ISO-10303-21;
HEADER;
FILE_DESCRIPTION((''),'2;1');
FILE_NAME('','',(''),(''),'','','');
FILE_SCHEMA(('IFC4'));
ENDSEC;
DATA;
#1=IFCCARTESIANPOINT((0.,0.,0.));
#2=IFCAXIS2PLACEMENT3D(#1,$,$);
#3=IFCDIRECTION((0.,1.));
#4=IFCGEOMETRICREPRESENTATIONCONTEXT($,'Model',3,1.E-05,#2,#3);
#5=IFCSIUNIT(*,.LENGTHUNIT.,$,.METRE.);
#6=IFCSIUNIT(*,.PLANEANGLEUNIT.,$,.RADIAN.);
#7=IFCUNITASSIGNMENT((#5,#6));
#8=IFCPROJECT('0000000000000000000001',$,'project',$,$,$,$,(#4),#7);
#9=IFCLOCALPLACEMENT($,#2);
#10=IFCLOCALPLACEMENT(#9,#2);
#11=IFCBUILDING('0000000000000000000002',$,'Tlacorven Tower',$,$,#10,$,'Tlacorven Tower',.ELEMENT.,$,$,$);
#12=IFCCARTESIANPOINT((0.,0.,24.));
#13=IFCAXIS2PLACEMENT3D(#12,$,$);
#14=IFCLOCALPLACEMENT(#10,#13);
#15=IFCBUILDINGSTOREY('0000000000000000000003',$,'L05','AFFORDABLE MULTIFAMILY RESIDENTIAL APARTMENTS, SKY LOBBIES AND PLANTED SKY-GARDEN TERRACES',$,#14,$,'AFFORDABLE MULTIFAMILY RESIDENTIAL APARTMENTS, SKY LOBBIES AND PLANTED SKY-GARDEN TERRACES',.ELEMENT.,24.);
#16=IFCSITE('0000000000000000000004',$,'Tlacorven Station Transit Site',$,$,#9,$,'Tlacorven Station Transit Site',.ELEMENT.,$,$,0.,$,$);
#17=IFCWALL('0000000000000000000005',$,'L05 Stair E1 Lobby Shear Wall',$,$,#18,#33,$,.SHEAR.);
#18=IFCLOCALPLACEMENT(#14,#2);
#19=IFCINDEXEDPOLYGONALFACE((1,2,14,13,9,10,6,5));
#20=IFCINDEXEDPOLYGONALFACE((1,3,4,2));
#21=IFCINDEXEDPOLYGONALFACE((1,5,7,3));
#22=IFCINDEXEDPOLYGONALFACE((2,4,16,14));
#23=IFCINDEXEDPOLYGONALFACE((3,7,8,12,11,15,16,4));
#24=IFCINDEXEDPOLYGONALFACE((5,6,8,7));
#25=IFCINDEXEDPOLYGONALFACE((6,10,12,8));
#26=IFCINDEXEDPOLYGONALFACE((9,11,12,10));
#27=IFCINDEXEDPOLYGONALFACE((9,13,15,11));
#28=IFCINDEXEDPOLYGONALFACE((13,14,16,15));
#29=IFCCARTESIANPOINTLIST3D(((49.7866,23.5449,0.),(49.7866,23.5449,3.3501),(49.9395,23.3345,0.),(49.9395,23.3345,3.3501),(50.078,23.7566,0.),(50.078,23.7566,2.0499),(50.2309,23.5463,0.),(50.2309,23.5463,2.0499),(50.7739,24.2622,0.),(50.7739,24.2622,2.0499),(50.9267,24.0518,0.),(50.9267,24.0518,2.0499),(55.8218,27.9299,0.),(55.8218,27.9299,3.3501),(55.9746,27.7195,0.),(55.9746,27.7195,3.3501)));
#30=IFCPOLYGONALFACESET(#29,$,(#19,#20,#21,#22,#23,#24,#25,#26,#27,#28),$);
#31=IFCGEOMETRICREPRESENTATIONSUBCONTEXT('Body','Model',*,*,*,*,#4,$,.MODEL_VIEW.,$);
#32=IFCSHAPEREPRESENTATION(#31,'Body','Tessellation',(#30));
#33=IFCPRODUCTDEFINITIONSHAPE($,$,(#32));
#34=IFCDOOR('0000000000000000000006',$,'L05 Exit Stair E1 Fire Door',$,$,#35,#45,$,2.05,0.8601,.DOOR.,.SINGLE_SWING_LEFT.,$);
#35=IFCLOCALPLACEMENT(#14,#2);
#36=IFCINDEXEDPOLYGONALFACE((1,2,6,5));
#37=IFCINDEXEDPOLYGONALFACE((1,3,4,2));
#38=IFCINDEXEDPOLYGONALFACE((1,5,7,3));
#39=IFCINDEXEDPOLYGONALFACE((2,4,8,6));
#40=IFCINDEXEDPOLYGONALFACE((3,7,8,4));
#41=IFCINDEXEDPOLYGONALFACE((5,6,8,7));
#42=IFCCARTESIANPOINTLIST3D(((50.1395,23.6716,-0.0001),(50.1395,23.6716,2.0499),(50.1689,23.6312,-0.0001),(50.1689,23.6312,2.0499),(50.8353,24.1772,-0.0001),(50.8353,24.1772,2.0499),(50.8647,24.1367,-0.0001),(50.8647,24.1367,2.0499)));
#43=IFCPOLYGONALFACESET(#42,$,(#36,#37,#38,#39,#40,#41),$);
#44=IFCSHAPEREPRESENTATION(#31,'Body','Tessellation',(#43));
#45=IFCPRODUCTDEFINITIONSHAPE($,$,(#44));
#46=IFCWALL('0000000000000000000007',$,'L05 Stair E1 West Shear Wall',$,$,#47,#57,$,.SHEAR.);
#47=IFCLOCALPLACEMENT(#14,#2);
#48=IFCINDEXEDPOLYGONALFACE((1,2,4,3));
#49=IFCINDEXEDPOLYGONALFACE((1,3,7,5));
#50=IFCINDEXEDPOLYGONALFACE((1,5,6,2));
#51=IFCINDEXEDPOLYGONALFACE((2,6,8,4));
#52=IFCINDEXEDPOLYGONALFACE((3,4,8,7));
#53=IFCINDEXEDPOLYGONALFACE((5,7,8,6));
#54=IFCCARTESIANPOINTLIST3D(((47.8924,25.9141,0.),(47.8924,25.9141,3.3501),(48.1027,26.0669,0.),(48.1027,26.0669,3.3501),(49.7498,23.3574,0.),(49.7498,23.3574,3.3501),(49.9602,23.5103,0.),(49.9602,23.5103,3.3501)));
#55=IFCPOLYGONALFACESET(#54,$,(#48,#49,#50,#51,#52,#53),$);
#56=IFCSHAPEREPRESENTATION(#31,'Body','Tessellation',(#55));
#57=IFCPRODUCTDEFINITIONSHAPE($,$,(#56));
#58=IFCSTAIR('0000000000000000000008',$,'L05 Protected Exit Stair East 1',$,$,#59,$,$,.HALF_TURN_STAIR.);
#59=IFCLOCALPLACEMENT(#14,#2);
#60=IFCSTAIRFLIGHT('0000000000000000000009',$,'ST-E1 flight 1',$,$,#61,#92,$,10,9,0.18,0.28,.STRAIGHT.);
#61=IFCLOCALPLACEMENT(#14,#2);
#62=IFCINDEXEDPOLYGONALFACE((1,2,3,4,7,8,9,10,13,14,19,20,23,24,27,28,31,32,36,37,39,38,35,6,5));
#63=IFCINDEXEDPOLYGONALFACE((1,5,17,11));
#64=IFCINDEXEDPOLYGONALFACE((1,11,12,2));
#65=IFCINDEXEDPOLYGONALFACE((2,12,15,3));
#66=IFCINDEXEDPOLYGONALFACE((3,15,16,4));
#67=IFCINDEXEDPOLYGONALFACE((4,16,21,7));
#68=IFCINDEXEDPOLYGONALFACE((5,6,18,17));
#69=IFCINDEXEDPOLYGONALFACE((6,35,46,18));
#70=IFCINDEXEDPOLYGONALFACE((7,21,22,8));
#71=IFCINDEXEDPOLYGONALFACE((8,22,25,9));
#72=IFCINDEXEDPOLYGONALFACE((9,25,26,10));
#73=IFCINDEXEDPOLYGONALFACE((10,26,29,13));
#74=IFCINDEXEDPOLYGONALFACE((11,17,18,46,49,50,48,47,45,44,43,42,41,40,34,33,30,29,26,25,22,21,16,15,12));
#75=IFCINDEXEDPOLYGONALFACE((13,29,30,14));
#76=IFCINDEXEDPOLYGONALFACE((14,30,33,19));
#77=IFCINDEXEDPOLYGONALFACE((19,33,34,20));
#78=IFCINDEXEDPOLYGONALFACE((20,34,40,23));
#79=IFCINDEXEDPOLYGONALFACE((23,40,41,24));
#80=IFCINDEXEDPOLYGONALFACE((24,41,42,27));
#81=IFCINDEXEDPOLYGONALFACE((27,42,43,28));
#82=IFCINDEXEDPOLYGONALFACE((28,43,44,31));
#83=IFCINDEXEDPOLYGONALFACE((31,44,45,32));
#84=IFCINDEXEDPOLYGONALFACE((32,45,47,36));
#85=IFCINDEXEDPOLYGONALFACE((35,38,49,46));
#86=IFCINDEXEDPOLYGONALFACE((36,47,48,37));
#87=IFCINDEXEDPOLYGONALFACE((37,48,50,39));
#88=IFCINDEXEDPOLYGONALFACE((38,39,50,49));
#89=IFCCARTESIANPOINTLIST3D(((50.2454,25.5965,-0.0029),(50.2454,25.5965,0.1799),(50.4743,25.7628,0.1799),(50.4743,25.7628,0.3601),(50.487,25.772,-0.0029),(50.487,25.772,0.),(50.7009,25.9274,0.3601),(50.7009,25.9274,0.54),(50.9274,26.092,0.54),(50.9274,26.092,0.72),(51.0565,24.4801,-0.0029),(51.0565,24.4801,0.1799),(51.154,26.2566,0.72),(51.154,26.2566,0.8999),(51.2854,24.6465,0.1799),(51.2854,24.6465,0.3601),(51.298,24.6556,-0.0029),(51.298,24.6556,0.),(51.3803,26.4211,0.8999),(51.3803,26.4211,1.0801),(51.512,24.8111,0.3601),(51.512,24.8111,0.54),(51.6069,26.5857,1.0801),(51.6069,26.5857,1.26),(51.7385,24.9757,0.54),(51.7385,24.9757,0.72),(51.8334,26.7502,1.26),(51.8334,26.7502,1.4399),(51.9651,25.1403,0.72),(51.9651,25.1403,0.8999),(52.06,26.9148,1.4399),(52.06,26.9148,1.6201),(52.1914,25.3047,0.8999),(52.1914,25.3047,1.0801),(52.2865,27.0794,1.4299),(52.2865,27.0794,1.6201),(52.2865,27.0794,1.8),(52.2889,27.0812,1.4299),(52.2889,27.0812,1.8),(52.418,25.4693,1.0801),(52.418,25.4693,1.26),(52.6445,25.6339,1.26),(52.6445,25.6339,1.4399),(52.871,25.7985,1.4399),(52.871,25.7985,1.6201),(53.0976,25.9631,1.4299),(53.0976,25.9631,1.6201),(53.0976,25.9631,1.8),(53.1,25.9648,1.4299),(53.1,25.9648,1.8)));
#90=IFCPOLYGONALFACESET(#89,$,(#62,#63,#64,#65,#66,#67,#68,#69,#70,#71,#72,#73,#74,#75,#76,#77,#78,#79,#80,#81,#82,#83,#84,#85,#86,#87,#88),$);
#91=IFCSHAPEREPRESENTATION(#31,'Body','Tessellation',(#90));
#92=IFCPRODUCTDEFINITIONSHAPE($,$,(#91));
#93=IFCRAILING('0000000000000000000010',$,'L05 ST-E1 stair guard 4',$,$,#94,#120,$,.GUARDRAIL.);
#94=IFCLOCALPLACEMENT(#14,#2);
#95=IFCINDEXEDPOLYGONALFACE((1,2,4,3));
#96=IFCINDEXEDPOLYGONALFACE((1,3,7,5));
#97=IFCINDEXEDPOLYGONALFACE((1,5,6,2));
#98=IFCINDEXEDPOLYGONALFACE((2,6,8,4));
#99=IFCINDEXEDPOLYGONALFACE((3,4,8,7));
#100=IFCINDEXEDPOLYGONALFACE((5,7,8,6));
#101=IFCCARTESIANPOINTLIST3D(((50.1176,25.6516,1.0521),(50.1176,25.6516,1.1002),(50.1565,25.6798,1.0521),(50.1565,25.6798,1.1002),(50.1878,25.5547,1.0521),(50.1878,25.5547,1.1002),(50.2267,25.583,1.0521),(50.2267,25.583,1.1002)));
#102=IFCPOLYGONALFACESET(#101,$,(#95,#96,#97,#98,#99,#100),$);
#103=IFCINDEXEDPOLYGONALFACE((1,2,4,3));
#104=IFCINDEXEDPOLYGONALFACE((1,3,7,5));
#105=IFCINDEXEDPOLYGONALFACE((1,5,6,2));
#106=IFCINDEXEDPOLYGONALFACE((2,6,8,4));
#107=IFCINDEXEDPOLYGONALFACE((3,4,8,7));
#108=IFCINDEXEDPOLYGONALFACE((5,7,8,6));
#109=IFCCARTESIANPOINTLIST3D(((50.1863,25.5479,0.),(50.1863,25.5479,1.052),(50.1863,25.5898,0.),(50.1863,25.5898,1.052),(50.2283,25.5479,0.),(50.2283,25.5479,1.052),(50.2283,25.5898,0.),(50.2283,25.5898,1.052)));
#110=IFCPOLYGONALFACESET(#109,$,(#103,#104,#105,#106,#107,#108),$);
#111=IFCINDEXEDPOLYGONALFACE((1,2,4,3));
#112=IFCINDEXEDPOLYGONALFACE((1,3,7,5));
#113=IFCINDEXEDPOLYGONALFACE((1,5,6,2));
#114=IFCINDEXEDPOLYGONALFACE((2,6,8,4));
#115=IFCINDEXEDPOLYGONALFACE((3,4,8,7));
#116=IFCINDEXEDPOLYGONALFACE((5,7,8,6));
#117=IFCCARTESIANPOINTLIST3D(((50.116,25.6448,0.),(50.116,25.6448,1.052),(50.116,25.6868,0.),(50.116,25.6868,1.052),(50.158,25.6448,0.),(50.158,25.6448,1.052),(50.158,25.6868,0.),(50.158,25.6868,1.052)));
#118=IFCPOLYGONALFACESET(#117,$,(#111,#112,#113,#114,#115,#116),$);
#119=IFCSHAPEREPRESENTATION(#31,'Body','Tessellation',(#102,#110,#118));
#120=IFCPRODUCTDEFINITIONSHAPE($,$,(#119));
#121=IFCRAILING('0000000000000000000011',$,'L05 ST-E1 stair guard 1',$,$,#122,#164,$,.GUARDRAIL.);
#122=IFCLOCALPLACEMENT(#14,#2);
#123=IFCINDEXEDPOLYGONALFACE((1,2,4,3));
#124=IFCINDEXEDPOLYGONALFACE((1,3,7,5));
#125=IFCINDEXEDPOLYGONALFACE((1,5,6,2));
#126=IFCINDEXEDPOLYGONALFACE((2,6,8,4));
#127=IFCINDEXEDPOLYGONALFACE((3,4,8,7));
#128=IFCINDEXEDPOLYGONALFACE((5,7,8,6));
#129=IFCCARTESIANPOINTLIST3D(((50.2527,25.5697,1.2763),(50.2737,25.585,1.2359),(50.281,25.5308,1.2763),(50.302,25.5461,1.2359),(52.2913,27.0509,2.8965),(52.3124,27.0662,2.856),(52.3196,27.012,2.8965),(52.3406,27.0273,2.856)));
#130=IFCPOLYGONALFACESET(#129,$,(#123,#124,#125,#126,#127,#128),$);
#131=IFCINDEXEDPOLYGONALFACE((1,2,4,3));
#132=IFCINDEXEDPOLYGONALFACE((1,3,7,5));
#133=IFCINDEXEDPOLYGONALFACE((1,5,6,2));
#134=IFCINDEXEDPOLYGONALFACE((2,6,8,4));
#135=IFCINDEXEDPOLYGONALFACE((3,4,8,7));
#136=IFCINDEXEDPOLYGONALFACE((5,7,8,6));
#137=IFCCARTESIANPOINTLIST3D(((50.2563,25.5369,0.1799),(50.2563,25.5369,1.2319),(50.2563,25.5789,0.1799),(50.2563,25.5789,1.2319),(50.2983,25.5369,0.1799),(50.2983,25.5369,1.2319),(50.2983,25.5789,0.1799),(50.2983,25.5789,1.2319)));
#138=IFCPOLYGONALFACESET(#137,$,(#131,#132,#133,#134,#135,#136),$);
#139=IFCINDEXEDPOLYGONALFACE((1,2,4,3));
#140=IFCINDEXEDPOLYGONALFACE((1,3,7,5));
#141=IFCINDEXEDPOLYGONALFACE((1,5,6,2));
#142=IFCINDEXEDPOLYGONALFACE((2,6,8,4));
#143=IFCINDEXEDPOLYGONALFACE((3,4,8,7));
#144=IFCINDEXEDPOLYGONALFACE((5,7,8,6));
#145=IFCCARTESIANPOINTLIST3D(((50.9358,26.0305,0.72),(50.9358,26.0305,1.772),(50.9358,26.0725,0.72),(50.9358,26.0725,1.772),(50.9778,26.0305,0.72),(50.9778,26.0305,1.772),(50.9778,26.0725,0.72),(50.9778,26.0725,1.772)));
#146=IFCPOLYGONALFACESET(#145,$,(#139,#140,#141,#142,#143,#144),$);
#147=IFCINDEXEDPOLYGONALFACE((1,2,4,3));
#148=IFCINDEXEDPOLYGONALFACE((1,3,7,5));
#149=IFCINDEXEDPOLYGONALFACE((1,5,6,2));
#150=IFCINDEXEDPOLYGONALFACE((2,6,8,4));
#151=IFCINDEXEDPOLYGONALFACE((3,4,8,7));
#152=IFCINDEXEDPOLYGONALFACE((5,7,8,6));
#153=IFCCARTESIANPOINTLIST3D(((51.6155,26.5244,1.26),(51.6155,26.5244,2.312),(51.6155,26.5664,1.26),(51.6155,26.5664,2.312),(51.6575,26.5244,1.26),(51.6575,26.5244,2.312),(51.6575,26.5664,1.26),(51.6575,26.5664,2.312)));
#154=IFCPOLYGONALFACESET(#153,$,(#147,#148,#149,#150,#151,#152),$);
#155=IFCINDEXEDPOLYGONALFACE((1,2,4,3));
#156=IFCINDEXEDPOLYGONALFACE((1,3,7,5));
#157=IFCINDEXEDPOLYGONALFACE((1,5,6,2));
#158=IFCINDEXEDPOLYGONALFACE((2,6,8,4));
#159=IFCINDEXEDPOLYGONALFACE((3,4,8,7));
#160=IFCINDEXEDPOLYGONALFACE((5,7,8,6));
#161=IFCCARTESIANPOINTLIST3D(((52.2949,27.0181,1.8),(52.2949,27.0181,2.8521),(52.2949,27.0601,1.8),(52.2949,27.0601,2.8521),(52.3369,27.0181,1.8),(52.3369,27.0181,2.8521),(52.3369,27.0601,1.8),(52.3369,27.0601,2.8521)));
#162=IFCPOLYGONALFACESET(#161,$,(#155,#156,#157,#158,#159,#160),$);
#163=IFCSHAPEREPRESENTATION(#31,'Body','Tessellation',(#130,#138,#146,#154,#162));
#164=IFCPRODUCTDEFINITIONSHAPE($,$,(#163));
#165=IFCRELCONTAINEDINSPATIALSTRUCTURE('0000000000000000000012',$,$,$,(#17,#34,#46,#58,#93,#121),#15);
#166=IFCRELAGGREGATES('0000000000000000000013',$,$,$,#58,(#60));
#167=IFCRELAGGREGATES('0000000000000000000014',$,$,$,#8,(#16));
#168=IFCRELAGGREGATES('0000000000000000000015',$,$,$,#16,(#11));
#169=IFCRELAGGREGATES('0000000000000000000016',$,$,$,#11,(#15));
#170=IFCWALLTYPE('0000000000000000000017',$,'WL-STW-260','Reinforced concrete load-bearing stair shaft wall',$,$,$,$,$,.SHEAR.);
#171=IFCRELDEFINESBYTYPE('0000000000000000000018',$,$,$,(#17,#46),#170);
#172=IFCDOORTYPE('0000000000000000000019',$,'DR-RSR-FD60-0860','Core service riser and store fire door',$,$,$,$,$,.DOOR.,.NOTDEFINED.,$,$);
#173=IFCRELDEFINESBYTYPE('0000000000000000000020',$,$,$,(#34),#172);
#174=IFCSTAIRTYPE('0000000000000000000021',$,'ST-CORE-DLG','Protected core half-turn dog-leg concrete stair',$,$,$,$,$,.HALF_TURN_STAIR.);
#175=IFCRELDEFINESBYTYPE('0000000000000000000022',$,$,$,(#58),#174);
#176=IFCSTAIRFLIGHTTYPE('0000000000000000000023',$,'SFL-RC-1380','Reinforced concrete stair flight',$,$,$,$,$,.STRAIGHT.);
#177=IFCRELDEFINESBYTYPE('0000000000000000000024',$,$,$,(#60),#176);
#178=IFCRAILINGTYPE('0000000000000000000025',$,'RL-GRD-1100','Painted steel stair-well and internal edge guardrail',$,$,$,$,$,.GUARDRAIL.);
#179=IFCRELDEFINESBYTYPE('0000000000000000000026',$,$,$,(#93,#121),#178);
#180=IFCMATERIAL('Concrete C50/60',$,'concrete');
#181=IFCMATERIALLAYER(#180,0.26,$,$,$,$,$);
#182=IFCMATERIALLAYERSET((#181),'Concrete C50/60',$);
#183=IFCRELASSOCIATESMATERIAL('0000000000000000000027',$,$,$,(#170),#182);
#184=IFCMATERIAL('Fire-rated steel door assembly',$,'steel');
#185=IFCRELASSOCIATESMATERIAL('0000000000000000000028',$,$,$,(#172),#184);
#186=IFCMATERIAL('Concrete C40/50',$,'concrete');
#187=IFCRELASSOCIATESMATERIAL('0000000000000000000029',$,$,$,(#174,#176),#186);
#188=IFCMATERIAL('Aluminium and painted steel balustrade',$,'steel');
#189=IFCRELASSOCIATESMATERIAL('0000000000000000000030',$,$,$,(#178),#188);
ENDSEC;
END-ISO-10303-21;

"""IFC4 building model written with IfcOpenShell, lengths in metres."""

from ifc_helpers import new_model, si_unit, direction, frame, frame_2d, origin, origin_2d, place, context, subcontext, project, spatial, polyline, rectangle, outline, extrude, source, transform, mapped, material, layer, layer_set, type_object, element, fill, aggregate, save


model = new_model("IFC4")

# Units and contexts
model_context = context("Model", 3, precision=1e-05, world=origin(), true_north=direction((0.0, 1.0)))
body_context = subcontext(model_context, "Body", "Model", "MODEL_VIEW")
ifc_project = project(units=[si_unit("LENGTHUNIT", "METRE"), si_unit("PLANEANGLEUNIT", "RADIAN")], contexts=[model_context])

# Site, building, storey
site_placement = place(None, origin())
site = spatial("IfcSite", under=ifc_project, at=site_placement, Name="Tlacorven Station Transit Site", LongName="Tlacorven Station Transit Site", CompositionType="ELEMENT", RefElevation=0.0)
building_placement = place(site_placement, origin())
building = spatial("IfcBuilding", under=site, at=building_placement, Name="Tlacorven Tower", LongName="Tlacorven Tower", CompositionType="ELEMENT")
storey_placement = place(building_placement, frame((0.0, 0.0, 24.0)))
storey = spatial("IfcBuildingStorey", under=building, at=storey_placement, Name="L05", Description="AFFORDABLE MULTIFAMILY RESIDENTIAL APARTMENTS, SKY LOBBIES AND PLANTED SKY-GARDEN TERRACES", LongName="AFFORDABLE MULTIFAMILY RESIDENTIAL APARTMENTS, SKY LOBBIES AND PLANTED SKY-GARDEN TERRACES", CompositionType="ELEMENT", Elevation=24.0)

# Shared definitions
ifc_material_1 = material(Name="Concrete C40/50", Category="concrete")
ifc_material_2 = material(Name="Fire-rated steel door assembly", Category="steel")

# Shared definitions
ifc_material_3 = material(Name="Concrete C50/60", Category="concrete")
ifc_layer_1 = layer(ifc_material_3, 0.26)
ifc_layer_set_1 = layer_set([ifc_layer_1], Name="Concrete C50/60")
wall_type_1 = type_object("IfcWallType", Name="WL-STW-260", Description="Reinforced concrete load-bearing stair shaft wall", PredefinedType="SHEAR", material=ifc_layer_set_1)

# Wall, opening, door
wall_1_placement = place(storey_placement, frame((49.863, 23.4397, 0.0), z_axis=(0.0, 0.0, 1.0), x_axis=(0.809003, 0.587804, 0.0)))
wall_1 = element("IfcWall", 1, at=wall_1_placement, inside=storey, type_object=wall_type_1, Name="L05 Stair E1 Lobby Shear Wall", PredefinedType="SHEAR", context=body_context, shape_type="SweptSolid", body=[
    extrude(rectangle(XDim=7.46, YDim=0.26, at=frame_2d((3.73, 0.0))), origin(), (0.0, 0.0, 1.0), 3.3501),
])
opening_1_placement = place(wall_1_placement, frame((0.3601, 0.0, 0.0)))
opening_1 = element("IfcOpeningElement", 2, at=opening_1_placement, cuts=wall_1, PredefinedType="OPENING", context=body_context, shape_type="SweptSolid", body=[
    extrude(rectangle(XDim=0.8601, YDim=2.05, at=frame_2d((0.4302, 1.0249))), frame((0.0, 0.1401, 0.0), z_axis=(0.0, -1.0, 0.0), x_axis=(1.0, 0.0, 0.0)), (0.0, 0.0, 1.0), 0.28),
])
door_type_1 = type_object("IfcDoorType", Name="DR-RSR-FD60-0860", Description="Core service riser and store fire door", OperationType="NOTDEFINED", PredefinedType="DOOR", material=ifc_material_2)
shared_shape_1 = source(origin(), body_context, "Body", "SweptSolid", [
    extrude(rectangle(XDim=0.8601, YDim=2.05, at=frame_2d((0.4302, 1.0249))), frame((0.0, 0.0249, 0.0), z_axis=(0.0, -1.0, 0.0), x_axis=(1.0, 0.0, 0.0)), (0.0, 0.0, 1.0), 0.05),
])
door_1_placement = place(opening_1_placement, frame((0.8601, 0.0, 0.0), z_axis=(0.0, 0.0, 1.0), x_axis=(-1.0, 0.0, 0.0)))
door_1 = element("IfcDoor", 3, at=door_1_placement, inside=storey, type_object=door_type_1, Name="L05 Exit Stair E1 Fire Door", OperationType="SINGLE_SWING_LEFT", OverallHeight=2.05, OverallWidth=0.8601, PredefinedType="DOOR", context=body_context, shape_type="MappedRepresentation", body=[
    mapped(shared_shape_1, transform((0.0, 0.0, 0.0), scale=1.0)),
])
fill(opening_1, door_1)

# Wall
wall_2_placement = place(storey_placement, frame((49.855, 23.4338, 0.0), z_axis=(0.0, 0.0, 1.0), x_axis=(-0.587767, 0.80903, 0.0)))
element("IfcWall", 4, at=wall_2_placement, inside=storey, type_object=wall_type_1, Name="L05 Stair E1 West Shear Wall", PredefinedType="SHEAR", context=body_context, shape_type="SweptSolid", body=[
    extrude(rectangle(XDim=3.1602, YDim=0.26, at=frame_2d((1.5801, 0.0))), origin(), (0.0, 0.0, 1.0), 3.3501),
])

# Stair, stair flight
stair_type = type_object("IfcStairType", Name="ST-CORE-DLG", Description="Protected core half-turn dog-leg concrete stair", PredefinedType="HALF_TURN_STAIR", material=ifc_material_1)
stair_placement = place(storey_placement, origin())
stair = element("IfcStair", 5, at=stair_placement, inside=storey, type_object=stair_type, Name="L05 Protected Exit Stair East 1", PredefinedType="HALF_TURN_STAIR")
stair_flight_type = type_object("IfcStairFlightType", Name="SFL-RC-1380", Description="Reinforced concrete stair flight", PredefinedType="STRAIGHT", material=ifc_material_1)
shared_shape_2 = source(origin(), body_context, "Body", "SweptSolid", [
    extrude(outline(polyline([(-0.0029, -0.0029), (-0.0029, 0.1799), (0.28, 0.1799), (0.28, 0.3601), (0.5601, 0.3601), (0.5601, 0.54), (0.8401, 0.54), (0.8401, 0.72), (1.1201, 0.72), (1.1201, 0.8999), (1.3999, 0.8999), (1.3999, 1.0801), (1.6799, 1.0801), (1.6799, 1.26), (1.96, 1.26), (1.96, 1.4399), (2.24, 1.4399), (2.24, 1.6201), (2.52, 1.6201), (2.52, 1.8), (2.5229, 1.8), (2.5229, 1.4299), (2.52, 1.4299), (0.2957, 0.0), (0.2957, -0.0029), (-0.0029, -0.0029)])), frame((0.0, 0.6899, 0.0), z_axis=(0.0, -1.0, 0.0), x_axis=(1.0, 0.0, 0.0)), (0.0, 0.0, 1.0), 1.3799),
])
stair_flight_placement = place(storey_placement, frame((50.6533, 25.04, 0.0), z_axis=(0.0, 0.0, 1.0), x_axis=(0.809017, 0.587785, 0.0)))
stair_flight = element("IfcStairFlight", 6, at=stair_flight_placement, type_object=stair_flight_type, Name="ST-E1 flight 1", NumberOfRisers=10, NumberOfTreads=9, PredefinedType="STRAIGHT", RiserHeight=0.18, TreadLength=0.28, context=body_context, shape_type="MappedRepresentation", body=[
    mapped(shared_shape_2, transform((0.0, 0.0, 0.0), scale=1.0)),
])
aggregate(stair, [stair_flight])

# Railings
ifc_material_4 = material(Name="Aluminium and painted steel balustrade", Category="steel")
railing_type_1 = type_object("IfcRailingType", Name="RL-GRD-1100", Description="Painted steel stair-well and internal edge guardrail", PredefinedType="GUARDRAIL", material=ifc_material_4)
shared_shape_3 = source(origin(), body_context, "Body", "SweptSolid", [
    extrude(rectangle(XDim=0.0481, YDim=0.0481, at=origin_2d()), frame((0.0, 0.0, 1.0762), z_axis=(-0.587201, 0.809441, 0.0), x_axis=(-0.809441, -0.587201, 0.0)), (0.0, 0.0, 1.0), 0.1196),
    extrude(rectangle(XDim=0.042, YDim=0.042, at=origin_2d()), origin(), (0.0, 0.0, 1.0), 1.052),
    extrude(rectangle(XDim=0.042, YDim=0.042, at=origin_2d()), frame((-0.0703, 0.0969, 0.0)), (0.0, 0.0, 1.0), 1.052),
])
railing_1_placement = place(storey_placement, frame((50.2073, 25.5688, 0.0)))
element("IfcRailing", 7, at=railing_1_placement, inside=storey, type_object=railing_type_1, Name="L05 ST-E1 stair guard 4", PredefinedType="GUARDRAIL", context=body_context, shape_type="MappedRepresentation", body=[
    mapped(shared_shape_3, transform((0.0, 0.0, 0.0), scale=1.0)),
])
shared_shape_4 = source(origin(), body_context, "Body", "SweptSolid", [
    extrude(rectangle(XDim=0.0481, YDim=0.0481, at=origin_2d()), frame((0.0, 0.0, 1.0762), z_axis=(0.680489, 0.494434, 0.540805), x_axis=(-0.587809, 0.809, 0.0)), (0.0, 0.0, 1.0), 2.9958),
    extrude(rectangle(XDim=0.042, YDim=0.042, at=origin_2d()), origin(), (0.0, 0.0, 1.0), 1.052),
    extrude(rectangle(XDim=0.042, YDim=0.042, at=origin_2d()), frame((0.6794, 0.4937, 0.54)), (0.0, 0.0, 1.0), 1.052),
    extrude(rectangle(XDim=0.042, YDim=0.042, at=origin_2d()), frame((1.3591, 0.9875, 1.0801)), (0.0, 0.0, 1.0), 1.052),
    extrude(rectangle(XDim=0.042, YDim=0.042, at=origin_2d()), frame((2.0386, 1.4812, 1.6201)), (0.0, 0.0, 1.0), 1.052),
])
railing_2_placement = place(storey_placement, frame((50.2773, 25.5579, 0.1799)))
element("IfcRailing", 8, at=railing_2_placement, inside=storey, type_object=railing_type_1, Name="L05 ST-E1 stair guard 1", PredefinedType="GUARDRAIL", context=body_context, shape_type="MappedRepresentation", body=[
    mapped(shared_shape_4, transform((0.0, 0.0, 0.0), scale=1.0)),
])

save(model, "model.ifc")
